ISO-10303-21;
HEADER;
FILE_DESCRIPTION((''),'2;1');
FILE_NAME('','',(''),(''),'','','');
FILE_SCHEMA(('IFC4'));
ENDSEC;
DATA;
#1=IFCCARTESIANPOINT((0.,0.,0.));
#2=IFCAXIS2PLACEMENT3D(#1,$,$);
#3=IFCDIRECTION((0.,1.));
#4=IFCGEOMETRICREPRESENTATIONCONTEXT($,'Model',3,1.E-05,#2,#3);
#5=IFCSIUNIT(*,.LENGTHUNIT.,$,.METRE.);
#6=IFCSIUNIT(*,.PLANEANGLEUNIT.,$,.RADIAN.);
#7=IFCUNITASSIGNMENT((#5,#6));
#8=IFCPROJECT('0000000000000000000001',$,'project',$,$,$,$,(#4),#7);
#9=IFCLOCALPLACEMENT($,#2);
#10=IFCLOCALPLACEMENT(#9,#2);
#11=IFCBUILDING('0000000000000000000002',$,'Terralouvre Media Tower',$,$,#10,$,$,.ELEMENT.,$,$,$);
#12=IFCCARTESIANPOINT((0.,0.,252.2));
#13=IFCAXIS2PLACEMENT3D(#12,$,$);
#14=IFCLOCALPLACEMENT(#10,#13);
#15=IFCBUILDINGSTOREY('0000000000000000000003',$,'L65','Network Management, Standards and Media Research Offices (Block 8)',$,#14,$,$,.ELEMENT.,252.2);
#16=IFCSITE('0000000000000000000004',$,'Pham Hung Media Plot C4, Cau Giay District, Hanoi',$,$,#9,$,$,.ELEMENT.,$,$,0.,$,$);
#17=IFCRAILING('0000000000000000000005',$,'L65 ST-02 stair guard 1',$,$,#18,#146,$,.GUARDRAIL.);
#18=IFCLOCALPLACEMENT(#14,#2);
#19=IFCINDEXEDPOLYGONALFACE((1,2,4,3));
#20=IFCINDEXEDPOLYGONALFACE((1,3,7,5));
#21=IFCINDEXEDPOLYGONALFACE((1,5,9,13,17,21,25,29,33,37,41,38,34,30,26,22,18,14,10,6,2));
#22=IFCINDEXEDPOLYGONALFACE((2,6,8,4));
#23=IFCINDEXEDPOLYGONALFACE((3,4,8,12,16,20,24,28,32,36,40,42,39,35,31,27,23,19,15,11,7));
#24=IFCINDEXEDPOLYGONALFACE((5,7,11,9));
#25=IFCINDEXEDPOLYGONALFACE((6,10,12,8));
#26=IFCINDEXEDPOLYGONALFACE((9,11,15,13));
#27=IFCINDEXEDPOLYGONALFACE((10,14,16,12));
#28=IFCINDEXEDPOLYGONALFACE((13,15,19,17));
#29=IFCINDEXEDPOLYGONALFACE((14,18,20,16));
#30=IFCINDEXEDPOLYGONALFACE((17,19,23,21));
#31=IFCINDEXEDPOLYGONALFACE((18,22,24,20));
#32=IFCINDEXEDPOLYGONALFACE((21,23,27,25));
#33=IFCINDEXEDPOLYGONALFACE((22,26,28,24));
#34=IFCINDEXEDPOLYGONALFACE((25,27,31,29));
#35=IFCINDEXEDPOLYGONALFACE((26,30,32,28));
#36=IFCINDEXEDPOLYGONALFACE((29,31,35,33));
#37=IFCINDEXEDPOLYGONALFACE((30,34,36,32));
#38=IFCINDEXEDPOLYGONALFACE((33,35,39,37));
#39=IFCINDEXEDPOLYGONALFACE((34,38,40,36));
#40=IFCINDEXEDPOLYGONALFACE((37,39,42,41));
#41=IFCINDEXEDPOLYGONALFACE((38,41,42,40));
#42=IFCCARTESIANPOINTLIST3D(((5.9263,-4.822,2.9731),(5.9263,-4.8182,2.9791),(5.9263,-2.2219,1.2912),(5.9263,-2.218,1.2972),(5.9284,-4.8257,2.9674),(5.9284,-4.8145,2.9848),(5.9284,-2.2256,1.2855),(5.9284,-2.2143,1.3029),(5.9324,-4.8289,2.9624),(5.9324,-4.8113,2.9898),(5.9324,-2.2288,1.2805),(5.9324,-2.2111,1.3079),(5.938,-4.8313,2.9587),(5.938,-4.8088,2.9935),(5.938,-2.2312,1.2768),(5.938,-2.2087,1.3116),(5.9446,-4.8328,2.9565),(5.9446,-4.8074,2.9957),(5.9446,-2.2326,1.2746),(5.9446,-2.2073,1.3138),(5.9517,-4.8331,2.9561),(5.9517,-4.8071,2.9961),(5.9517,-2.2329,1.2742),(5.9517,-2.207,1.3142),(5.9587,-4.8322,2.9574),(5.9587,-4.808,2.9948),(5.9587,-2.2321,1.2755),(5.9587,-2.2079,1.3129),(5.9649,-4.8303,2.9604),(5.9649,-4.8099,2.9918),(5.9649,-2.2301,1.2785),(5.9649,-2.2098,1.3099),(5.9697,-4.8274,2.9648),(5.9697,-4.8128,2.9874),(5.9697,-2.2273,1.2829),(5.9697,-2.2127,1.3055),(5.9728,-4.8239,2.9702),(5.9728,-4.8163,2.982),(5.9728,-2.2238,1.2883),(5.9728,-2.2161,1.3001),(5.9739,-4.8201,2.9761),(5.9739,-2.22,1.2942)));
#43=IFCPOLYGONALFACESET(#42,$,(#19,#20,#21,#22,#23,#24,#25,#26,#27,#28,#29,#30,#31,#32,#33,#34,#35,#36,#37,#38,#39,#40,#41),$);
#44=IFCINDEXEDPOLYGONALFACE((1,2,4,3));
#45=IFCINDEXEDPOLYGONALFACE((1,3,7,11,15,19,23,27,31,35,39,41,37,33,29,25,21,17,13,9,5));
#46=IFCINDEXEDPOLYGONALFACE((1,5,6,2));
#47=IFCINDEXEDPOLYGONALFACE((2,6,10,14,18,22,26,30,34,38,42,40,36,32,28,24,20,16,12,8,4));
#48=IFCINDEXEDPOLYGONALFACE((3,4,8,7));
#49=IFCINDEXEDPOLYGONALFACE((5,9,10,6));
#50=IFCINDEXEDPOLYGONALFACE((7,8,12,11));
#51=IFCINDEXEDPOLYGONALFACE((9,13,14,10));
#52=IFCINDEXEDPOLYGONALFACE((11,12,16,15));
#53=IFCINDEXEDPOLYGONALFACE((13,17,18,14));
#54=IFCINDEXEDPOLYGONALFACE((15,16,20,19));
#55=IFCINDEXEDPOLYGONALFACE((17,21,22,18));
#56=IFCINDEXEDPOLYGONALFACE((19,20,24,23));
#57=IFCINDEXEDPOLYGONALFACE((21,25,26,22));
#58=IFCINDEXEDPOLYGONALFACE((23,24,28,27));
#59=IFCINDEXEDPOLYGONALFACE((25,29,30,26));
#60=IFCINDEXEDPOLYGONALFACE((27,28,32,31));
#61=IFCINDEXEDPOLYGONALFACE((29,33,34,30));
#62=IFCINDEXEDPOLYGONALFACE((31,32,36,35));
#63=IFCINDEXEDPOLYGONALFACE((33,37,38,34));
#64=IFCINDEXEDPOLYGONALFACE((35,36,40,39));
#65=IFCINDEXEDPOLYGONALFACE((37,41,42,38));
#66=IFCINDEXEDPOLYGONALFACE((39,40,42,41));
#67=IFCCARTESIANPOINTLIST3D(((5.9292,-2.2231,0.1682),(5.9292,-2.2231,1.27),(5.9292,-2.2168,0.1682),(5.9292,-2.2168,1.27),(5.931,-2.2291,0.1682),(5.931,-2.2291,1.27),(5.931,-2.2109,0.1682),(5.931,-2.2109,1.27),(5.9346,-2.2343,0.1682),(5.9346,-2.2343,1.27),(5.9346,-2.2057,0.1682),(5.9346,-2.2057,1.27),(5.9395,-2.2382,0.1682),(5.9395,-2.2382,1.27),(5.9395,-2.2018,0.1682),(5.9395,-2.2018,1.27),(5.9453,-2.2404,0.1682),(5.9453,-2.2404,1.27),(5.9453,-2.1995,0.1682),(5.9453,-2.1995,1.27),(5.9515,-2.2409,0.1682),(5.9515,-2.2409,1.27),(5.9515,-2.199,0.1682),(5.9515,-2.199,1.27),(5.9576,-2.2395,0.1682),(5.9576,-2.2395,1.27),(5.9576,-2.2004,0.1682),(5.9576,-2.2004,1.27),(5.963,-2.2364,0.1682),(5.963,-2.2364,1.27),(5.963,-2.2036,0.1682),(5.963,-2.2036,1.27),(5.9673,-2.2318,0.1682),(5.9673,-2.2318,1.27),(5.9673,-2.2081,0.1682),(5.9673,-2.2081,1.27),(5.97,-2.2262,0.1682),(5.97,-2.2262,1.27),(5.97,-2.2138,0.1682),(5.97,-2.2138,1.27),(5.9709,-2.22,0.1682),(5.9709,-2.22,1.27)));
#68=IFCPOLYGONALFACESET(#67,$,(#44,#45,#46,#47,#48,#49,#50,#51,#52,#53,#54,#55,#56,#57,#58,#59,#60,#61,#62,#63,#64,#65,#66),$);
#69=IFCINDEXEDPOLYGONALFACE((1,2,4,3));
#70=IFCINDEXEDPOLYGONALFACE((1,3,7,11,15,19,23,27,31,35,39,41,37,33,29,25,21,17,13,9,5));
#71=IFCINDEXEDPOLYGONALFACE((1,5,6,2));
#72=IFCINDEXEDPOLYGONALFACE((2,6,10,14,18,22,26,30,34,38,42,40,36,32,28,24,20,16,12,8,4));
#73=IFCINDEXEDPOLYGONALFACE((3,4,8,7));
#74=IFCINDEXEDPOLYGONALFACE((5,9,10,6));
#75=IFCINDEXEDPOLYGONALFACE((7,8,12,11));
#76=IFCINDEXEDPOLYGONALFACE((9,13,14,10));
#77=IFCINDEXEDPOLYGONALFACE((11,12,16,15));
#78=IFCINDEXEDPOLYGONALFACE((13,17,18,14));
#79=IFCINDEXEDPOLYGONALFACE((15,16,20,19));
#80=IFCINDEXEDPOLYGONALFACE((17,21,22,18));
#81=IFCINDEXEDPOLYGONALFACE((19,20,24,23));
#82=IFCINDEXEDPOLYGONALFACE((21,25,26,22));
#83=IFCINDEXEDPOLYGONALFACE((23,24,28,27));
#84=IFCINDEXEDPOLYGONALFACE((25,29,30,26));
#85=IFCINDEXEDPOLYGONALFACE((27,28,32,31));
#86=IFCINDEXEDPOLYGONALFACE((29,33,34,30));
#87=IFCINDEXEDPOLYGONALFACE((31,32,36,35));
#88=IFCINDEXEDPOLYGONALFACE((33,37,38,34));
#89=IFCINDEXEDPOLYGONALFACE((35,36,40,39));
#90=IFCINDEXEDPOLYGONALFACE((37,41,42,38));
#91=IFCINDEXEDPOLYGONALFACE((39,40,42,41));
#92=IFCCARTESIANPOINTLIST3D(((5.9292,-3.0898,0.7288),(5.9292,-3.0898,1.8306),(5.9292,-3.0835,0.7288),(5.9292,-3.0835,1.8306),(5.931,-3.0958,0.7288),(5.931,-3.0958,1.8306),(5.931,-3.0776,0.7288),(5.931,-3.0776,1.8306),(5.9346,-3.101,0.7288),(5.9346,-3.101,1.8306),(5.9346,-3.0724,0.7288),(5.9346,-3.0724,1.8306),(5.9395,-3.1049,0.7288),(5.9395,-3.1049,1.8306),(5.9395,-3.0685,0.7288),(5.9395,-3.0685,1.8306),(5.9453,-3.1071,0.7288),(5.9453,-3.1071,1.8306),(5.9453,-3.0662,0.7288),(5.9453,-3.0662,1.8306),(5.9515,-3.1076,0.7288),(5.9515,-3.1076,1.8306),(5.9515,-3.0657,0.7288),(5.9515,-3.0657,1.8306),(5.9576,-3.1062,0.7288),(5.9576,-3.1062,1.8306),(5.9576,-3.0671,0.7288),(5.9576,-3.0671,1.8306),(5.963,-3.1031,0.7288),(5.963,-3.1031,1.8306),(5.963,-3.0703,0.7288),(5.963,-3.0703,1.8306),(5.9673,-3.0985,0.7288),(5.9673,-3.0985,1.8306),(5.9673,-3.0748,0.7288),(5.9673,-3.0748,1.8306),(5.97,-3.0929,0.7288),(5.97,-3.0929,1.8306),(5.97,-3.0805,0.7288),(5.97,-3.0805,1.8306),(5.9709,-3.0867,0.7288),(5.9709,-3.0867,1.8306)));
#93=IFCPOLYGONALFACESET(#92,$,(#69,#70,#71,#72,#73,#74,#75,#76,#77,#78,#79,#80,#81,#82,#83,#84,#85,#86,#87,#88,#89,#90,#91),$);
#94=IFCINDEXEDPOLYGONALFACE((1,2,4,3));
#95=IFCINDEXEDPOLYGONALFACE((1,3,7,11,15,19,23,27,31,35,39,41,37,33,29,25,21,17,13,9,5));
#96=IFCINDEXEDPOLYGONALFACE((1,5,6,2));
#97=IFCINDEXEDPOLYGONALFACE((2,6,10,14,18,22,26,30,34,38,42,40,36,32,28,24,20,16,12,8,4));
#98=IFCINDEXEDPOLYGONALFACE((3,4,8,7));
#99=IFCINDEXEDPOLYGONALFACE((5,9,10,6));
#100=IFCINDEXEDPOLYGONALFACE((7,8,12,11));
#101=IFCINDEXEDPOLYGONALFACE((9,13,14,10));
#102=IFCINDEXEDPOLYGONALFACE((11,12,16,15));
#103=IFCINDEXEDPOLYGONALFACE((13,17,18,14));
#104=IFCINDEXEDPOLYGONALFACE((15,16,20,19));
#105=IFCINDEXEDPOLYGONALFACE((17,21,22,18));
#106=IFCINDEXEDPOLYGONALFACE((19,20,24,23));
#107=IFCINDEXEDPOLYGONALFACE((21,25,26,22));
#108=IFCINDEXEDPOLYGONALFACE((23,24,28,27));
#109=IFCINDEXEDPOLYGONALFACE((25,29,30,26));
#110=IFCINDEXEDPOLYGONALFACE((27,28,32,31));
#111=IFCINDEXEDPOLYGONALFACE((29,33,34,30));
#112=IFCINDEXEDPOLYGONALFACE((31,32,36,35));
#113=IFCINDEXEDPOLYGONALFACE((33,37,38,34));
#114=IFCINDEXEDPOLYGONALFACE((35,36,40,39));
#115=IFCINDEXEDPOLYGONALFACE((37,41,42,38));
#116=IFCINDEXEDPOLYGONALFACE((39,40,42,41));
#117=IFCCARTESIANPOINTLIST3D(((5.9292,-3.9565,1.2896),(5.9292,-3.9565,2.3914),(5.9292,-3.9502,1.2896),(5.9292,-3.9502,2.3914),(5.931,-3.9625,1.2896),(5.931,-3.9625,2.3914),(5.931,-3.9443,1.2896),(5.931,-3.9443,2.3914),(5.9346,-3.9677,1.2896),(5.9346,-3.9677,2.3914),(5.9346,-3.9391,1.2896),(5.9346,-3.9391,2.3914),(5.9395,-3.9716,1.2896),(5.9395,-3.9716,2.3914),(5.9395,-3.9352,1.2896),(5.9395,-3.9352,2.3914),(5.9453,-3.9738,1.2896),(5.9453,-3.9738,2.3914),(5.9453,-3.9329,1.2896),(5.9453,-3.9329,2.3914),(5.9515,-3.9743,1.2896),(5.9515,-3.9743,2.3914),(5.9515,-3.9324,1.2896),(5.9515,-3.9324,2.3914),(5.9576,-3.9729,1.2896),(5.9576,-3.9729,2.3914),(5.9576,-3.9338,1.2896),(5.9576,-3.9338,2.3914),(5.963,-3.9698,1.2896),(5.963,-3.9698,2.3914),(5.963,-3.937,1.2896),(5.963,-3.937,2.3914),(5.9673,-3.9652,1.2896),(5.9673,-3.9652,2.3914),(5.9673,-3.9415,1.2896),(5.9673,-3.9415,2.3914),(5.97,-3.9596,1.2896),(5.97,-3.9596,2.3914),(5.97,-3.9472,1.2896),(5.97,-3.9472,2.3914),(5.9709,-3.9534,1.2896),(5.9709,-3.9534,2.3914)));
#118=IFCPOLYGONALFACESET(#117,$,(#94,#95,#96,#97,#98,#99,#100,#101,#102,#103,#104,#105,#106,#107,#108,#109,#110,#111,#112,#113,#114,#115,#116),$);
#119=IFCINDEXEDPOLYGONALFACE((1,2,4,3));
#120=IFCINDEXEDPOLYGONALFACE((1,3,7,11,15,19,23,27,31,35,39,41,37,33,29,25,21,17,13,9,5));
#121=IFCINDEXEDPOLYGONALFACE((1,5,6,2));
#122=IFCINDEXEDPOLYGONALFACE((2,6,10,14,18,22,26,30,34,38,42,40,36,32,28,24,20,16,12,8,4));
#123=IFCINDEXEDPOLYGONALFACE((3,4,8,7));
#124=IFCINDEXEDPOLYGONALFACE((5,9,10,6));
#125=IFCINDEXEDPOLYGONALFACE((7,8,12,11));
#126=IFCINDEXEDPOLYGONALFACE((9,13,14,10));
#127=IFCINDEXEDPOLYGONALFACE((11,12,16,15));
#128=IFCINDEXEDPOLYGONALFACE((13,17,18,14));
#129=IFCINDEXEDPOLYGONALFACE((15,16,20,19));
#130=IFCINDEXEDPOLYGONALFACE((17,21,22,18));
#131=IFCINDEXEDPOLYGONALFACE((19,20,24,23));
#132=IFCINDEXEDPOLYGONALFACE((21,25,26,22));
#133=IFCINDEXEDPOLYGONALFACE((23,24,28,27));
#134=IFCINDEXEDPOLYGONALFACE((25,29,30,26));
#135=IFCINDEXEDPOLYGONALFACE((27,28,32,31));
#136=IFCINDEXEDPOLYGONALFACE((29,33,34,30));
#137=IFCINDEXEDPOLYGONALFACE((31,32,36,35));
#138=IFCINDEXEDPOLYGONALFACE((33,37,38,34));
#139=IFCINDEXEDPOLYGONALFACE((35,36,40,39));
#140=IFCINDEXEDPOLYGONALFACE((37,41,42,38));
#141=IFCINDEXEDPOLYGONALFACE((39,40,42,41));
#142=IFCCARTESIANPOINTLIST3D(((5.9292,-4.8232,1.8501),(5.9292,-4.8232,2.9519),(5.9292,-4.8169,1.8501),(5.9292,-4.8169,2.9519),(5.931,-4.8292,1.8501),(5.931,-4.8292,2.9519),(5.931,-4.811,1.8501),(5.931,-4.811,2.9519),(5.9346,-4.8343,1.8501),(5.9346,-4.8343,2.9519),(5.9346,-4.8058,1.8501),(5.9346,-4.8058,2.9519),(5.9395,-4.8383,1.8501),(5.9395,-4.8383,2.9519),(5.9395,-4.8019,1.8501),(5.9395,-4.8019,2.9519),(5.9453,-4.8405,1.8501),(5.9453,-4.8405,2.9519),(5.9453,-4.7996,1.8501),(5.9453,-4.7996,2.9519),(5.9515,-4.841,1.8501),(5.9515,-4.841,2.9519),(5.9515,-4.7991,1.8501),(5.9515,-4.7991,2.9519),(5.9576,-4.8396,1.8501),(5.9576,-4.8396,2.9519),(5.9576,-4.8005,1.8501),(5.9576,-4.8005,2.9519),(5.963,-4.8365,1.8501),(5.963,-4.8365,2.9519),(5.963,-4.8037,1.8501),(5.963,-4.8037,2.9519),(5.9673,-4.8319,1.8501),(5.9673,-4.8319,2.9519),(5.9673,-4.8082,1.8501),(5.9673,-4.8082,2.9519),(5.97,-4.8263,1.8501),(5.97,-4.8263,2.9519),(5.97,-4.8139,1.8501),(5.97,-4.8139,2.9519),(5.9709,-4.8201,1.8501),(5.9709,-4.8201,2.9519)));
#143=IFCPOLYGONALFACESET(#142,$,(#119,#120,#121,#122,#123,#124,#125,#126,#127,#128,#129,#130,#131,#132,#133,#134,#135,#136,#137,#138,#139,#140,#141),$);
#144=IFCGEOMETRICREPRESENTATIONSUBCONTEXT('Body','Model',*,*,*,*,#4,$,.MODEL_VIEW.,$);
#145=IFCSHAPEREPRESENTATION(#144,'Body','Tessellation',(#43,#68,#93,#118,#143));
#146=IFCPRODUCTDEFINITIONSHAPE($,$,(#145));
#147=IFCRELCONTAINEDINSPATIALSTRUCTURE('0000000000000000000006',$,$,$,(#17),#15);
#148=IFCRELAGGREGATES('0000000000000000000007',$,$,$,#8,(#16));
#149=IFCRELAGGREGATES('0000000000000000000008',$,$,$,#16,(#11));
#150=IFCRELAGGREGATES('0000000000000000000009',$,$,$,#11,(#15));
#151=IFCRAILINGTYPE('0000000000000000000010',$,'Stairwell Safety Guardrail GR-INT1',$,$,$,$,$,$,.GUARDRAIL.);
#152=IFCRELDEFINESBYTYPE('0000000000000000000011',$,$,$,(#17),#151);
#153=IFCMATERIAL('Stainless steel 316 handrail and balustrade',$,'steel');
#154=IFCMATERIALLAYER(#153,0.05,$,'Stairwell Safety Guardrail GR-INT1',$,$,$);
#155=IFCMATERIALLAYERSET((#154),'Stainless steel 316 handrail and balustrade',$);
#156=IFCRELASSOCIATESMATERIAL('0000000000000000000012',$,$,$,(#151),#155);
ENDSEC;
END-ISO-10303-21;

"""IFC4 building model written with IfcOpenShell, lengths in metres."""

from ifc_helpers import new_model, si_unit, direction, frame, origin, origin_2d, place, context, subcontext, project, spatial, circle, extrude, material, layer, layer_set, type_object, element, save


model = new_model("IFC4")

# Units and contexts
model_context = context("Model", 3, precision=1e-05, world=origin(), true_north=direction((0.0, 1.0)))
body_context = subcontext(model_context, "Body", "Model", "MODEL_VIEW")
ifc_project = project(units=[si_unit("LENGTHUNIT", "METRE"), si_unit("PLANEANGLEUNIT", "RADIAN")], contexts=[model_context])

# Site, building, storey
site_placement = place(None, origin())
site = spatial("IfcSite", under=ifc_project, at=site_placement, Name="Pham Hung Media Plot C4, Cau Giay District, Hanoi", CompositionType="ELEMENT", RefElevation=0.0)
building_placement = place(site_placement, origin())
building = spatial("IfcBuilding", under=site, at=building_placement, Name="Terralouvre Media Tower", CompositionType="ELEMENT")
storey_placement = place(building_placement, frame((0.0, 0.0, 252.2)))
storey = spatial("IfcBuildingStorey", under=building, at=storey_placement, Name="L65", Description="Network Management, Standards and Media Research Offices (Block 8)", CompositionType="ELEMENT", Elevation=252.2)

# Railing
ifc_material_1 = material(Name="Stainless steel 316 handrail and balustrade", Category="steel")
ifc_layer_1 = layer(ifc_material_1, 0.05, Name="Stairwell Safety Guardrail GR-INT1")
ifc_layer_set_1 = layer_set([ifc_layer_1], Name="Stainless steel 316 handrail and balustrade")
railing_type_1 = type_object("IfcRailingType", Name="Stairwell Safety Guardrail GR-INT1", PredefinedType="GUARDRAIL", material=ifc_layer_set_1)
railing_1_placement = place(storey_placement, frame((5.95, -2.22, 0.1682)))
element("IfcRailing", 1, at=railing_1_placement, inside=storey, type_object=railing_type_1, Name="L65 ST-02 stair guard 1", PredefinedType="GUARDRAIL", context=body_context, shape_type="SweptSolid", body=[
    extrude(circle(Radius=0.0239, at=origin_2d()), frame((0.0, 0.0, 1.126), z_axis=(0.0, -0.839648, 0.54313), x_axis=(1.0, 0.0, 0.0)), (0.0, 0.0, 1.0), 3.0967),
    extrude(circle(Radius=0.021, at=origin_2d()), origin(), (0.0, 0.0, 1.0), 1.1018),
    extrude(circle(Radius=0.021, at=origin_2d()), frame((0.0, -0.8667, 0.5605)), (0.0, 0.0, 1.0), 1.1018),
    extrude(circle(Radius=0.021, at=origin_2d()), frame((0.0, -1.7334, 1.1213)), (0.0, 0.0, 1.0), 1.1018),
    extrude(circle(Radius=0.021, at=origin_2d()), frame((0.0, -2.6001, 1.6819)), (0.0, 0.0, 1.0), 1.1018),
])

save(model, "model.ifc")
